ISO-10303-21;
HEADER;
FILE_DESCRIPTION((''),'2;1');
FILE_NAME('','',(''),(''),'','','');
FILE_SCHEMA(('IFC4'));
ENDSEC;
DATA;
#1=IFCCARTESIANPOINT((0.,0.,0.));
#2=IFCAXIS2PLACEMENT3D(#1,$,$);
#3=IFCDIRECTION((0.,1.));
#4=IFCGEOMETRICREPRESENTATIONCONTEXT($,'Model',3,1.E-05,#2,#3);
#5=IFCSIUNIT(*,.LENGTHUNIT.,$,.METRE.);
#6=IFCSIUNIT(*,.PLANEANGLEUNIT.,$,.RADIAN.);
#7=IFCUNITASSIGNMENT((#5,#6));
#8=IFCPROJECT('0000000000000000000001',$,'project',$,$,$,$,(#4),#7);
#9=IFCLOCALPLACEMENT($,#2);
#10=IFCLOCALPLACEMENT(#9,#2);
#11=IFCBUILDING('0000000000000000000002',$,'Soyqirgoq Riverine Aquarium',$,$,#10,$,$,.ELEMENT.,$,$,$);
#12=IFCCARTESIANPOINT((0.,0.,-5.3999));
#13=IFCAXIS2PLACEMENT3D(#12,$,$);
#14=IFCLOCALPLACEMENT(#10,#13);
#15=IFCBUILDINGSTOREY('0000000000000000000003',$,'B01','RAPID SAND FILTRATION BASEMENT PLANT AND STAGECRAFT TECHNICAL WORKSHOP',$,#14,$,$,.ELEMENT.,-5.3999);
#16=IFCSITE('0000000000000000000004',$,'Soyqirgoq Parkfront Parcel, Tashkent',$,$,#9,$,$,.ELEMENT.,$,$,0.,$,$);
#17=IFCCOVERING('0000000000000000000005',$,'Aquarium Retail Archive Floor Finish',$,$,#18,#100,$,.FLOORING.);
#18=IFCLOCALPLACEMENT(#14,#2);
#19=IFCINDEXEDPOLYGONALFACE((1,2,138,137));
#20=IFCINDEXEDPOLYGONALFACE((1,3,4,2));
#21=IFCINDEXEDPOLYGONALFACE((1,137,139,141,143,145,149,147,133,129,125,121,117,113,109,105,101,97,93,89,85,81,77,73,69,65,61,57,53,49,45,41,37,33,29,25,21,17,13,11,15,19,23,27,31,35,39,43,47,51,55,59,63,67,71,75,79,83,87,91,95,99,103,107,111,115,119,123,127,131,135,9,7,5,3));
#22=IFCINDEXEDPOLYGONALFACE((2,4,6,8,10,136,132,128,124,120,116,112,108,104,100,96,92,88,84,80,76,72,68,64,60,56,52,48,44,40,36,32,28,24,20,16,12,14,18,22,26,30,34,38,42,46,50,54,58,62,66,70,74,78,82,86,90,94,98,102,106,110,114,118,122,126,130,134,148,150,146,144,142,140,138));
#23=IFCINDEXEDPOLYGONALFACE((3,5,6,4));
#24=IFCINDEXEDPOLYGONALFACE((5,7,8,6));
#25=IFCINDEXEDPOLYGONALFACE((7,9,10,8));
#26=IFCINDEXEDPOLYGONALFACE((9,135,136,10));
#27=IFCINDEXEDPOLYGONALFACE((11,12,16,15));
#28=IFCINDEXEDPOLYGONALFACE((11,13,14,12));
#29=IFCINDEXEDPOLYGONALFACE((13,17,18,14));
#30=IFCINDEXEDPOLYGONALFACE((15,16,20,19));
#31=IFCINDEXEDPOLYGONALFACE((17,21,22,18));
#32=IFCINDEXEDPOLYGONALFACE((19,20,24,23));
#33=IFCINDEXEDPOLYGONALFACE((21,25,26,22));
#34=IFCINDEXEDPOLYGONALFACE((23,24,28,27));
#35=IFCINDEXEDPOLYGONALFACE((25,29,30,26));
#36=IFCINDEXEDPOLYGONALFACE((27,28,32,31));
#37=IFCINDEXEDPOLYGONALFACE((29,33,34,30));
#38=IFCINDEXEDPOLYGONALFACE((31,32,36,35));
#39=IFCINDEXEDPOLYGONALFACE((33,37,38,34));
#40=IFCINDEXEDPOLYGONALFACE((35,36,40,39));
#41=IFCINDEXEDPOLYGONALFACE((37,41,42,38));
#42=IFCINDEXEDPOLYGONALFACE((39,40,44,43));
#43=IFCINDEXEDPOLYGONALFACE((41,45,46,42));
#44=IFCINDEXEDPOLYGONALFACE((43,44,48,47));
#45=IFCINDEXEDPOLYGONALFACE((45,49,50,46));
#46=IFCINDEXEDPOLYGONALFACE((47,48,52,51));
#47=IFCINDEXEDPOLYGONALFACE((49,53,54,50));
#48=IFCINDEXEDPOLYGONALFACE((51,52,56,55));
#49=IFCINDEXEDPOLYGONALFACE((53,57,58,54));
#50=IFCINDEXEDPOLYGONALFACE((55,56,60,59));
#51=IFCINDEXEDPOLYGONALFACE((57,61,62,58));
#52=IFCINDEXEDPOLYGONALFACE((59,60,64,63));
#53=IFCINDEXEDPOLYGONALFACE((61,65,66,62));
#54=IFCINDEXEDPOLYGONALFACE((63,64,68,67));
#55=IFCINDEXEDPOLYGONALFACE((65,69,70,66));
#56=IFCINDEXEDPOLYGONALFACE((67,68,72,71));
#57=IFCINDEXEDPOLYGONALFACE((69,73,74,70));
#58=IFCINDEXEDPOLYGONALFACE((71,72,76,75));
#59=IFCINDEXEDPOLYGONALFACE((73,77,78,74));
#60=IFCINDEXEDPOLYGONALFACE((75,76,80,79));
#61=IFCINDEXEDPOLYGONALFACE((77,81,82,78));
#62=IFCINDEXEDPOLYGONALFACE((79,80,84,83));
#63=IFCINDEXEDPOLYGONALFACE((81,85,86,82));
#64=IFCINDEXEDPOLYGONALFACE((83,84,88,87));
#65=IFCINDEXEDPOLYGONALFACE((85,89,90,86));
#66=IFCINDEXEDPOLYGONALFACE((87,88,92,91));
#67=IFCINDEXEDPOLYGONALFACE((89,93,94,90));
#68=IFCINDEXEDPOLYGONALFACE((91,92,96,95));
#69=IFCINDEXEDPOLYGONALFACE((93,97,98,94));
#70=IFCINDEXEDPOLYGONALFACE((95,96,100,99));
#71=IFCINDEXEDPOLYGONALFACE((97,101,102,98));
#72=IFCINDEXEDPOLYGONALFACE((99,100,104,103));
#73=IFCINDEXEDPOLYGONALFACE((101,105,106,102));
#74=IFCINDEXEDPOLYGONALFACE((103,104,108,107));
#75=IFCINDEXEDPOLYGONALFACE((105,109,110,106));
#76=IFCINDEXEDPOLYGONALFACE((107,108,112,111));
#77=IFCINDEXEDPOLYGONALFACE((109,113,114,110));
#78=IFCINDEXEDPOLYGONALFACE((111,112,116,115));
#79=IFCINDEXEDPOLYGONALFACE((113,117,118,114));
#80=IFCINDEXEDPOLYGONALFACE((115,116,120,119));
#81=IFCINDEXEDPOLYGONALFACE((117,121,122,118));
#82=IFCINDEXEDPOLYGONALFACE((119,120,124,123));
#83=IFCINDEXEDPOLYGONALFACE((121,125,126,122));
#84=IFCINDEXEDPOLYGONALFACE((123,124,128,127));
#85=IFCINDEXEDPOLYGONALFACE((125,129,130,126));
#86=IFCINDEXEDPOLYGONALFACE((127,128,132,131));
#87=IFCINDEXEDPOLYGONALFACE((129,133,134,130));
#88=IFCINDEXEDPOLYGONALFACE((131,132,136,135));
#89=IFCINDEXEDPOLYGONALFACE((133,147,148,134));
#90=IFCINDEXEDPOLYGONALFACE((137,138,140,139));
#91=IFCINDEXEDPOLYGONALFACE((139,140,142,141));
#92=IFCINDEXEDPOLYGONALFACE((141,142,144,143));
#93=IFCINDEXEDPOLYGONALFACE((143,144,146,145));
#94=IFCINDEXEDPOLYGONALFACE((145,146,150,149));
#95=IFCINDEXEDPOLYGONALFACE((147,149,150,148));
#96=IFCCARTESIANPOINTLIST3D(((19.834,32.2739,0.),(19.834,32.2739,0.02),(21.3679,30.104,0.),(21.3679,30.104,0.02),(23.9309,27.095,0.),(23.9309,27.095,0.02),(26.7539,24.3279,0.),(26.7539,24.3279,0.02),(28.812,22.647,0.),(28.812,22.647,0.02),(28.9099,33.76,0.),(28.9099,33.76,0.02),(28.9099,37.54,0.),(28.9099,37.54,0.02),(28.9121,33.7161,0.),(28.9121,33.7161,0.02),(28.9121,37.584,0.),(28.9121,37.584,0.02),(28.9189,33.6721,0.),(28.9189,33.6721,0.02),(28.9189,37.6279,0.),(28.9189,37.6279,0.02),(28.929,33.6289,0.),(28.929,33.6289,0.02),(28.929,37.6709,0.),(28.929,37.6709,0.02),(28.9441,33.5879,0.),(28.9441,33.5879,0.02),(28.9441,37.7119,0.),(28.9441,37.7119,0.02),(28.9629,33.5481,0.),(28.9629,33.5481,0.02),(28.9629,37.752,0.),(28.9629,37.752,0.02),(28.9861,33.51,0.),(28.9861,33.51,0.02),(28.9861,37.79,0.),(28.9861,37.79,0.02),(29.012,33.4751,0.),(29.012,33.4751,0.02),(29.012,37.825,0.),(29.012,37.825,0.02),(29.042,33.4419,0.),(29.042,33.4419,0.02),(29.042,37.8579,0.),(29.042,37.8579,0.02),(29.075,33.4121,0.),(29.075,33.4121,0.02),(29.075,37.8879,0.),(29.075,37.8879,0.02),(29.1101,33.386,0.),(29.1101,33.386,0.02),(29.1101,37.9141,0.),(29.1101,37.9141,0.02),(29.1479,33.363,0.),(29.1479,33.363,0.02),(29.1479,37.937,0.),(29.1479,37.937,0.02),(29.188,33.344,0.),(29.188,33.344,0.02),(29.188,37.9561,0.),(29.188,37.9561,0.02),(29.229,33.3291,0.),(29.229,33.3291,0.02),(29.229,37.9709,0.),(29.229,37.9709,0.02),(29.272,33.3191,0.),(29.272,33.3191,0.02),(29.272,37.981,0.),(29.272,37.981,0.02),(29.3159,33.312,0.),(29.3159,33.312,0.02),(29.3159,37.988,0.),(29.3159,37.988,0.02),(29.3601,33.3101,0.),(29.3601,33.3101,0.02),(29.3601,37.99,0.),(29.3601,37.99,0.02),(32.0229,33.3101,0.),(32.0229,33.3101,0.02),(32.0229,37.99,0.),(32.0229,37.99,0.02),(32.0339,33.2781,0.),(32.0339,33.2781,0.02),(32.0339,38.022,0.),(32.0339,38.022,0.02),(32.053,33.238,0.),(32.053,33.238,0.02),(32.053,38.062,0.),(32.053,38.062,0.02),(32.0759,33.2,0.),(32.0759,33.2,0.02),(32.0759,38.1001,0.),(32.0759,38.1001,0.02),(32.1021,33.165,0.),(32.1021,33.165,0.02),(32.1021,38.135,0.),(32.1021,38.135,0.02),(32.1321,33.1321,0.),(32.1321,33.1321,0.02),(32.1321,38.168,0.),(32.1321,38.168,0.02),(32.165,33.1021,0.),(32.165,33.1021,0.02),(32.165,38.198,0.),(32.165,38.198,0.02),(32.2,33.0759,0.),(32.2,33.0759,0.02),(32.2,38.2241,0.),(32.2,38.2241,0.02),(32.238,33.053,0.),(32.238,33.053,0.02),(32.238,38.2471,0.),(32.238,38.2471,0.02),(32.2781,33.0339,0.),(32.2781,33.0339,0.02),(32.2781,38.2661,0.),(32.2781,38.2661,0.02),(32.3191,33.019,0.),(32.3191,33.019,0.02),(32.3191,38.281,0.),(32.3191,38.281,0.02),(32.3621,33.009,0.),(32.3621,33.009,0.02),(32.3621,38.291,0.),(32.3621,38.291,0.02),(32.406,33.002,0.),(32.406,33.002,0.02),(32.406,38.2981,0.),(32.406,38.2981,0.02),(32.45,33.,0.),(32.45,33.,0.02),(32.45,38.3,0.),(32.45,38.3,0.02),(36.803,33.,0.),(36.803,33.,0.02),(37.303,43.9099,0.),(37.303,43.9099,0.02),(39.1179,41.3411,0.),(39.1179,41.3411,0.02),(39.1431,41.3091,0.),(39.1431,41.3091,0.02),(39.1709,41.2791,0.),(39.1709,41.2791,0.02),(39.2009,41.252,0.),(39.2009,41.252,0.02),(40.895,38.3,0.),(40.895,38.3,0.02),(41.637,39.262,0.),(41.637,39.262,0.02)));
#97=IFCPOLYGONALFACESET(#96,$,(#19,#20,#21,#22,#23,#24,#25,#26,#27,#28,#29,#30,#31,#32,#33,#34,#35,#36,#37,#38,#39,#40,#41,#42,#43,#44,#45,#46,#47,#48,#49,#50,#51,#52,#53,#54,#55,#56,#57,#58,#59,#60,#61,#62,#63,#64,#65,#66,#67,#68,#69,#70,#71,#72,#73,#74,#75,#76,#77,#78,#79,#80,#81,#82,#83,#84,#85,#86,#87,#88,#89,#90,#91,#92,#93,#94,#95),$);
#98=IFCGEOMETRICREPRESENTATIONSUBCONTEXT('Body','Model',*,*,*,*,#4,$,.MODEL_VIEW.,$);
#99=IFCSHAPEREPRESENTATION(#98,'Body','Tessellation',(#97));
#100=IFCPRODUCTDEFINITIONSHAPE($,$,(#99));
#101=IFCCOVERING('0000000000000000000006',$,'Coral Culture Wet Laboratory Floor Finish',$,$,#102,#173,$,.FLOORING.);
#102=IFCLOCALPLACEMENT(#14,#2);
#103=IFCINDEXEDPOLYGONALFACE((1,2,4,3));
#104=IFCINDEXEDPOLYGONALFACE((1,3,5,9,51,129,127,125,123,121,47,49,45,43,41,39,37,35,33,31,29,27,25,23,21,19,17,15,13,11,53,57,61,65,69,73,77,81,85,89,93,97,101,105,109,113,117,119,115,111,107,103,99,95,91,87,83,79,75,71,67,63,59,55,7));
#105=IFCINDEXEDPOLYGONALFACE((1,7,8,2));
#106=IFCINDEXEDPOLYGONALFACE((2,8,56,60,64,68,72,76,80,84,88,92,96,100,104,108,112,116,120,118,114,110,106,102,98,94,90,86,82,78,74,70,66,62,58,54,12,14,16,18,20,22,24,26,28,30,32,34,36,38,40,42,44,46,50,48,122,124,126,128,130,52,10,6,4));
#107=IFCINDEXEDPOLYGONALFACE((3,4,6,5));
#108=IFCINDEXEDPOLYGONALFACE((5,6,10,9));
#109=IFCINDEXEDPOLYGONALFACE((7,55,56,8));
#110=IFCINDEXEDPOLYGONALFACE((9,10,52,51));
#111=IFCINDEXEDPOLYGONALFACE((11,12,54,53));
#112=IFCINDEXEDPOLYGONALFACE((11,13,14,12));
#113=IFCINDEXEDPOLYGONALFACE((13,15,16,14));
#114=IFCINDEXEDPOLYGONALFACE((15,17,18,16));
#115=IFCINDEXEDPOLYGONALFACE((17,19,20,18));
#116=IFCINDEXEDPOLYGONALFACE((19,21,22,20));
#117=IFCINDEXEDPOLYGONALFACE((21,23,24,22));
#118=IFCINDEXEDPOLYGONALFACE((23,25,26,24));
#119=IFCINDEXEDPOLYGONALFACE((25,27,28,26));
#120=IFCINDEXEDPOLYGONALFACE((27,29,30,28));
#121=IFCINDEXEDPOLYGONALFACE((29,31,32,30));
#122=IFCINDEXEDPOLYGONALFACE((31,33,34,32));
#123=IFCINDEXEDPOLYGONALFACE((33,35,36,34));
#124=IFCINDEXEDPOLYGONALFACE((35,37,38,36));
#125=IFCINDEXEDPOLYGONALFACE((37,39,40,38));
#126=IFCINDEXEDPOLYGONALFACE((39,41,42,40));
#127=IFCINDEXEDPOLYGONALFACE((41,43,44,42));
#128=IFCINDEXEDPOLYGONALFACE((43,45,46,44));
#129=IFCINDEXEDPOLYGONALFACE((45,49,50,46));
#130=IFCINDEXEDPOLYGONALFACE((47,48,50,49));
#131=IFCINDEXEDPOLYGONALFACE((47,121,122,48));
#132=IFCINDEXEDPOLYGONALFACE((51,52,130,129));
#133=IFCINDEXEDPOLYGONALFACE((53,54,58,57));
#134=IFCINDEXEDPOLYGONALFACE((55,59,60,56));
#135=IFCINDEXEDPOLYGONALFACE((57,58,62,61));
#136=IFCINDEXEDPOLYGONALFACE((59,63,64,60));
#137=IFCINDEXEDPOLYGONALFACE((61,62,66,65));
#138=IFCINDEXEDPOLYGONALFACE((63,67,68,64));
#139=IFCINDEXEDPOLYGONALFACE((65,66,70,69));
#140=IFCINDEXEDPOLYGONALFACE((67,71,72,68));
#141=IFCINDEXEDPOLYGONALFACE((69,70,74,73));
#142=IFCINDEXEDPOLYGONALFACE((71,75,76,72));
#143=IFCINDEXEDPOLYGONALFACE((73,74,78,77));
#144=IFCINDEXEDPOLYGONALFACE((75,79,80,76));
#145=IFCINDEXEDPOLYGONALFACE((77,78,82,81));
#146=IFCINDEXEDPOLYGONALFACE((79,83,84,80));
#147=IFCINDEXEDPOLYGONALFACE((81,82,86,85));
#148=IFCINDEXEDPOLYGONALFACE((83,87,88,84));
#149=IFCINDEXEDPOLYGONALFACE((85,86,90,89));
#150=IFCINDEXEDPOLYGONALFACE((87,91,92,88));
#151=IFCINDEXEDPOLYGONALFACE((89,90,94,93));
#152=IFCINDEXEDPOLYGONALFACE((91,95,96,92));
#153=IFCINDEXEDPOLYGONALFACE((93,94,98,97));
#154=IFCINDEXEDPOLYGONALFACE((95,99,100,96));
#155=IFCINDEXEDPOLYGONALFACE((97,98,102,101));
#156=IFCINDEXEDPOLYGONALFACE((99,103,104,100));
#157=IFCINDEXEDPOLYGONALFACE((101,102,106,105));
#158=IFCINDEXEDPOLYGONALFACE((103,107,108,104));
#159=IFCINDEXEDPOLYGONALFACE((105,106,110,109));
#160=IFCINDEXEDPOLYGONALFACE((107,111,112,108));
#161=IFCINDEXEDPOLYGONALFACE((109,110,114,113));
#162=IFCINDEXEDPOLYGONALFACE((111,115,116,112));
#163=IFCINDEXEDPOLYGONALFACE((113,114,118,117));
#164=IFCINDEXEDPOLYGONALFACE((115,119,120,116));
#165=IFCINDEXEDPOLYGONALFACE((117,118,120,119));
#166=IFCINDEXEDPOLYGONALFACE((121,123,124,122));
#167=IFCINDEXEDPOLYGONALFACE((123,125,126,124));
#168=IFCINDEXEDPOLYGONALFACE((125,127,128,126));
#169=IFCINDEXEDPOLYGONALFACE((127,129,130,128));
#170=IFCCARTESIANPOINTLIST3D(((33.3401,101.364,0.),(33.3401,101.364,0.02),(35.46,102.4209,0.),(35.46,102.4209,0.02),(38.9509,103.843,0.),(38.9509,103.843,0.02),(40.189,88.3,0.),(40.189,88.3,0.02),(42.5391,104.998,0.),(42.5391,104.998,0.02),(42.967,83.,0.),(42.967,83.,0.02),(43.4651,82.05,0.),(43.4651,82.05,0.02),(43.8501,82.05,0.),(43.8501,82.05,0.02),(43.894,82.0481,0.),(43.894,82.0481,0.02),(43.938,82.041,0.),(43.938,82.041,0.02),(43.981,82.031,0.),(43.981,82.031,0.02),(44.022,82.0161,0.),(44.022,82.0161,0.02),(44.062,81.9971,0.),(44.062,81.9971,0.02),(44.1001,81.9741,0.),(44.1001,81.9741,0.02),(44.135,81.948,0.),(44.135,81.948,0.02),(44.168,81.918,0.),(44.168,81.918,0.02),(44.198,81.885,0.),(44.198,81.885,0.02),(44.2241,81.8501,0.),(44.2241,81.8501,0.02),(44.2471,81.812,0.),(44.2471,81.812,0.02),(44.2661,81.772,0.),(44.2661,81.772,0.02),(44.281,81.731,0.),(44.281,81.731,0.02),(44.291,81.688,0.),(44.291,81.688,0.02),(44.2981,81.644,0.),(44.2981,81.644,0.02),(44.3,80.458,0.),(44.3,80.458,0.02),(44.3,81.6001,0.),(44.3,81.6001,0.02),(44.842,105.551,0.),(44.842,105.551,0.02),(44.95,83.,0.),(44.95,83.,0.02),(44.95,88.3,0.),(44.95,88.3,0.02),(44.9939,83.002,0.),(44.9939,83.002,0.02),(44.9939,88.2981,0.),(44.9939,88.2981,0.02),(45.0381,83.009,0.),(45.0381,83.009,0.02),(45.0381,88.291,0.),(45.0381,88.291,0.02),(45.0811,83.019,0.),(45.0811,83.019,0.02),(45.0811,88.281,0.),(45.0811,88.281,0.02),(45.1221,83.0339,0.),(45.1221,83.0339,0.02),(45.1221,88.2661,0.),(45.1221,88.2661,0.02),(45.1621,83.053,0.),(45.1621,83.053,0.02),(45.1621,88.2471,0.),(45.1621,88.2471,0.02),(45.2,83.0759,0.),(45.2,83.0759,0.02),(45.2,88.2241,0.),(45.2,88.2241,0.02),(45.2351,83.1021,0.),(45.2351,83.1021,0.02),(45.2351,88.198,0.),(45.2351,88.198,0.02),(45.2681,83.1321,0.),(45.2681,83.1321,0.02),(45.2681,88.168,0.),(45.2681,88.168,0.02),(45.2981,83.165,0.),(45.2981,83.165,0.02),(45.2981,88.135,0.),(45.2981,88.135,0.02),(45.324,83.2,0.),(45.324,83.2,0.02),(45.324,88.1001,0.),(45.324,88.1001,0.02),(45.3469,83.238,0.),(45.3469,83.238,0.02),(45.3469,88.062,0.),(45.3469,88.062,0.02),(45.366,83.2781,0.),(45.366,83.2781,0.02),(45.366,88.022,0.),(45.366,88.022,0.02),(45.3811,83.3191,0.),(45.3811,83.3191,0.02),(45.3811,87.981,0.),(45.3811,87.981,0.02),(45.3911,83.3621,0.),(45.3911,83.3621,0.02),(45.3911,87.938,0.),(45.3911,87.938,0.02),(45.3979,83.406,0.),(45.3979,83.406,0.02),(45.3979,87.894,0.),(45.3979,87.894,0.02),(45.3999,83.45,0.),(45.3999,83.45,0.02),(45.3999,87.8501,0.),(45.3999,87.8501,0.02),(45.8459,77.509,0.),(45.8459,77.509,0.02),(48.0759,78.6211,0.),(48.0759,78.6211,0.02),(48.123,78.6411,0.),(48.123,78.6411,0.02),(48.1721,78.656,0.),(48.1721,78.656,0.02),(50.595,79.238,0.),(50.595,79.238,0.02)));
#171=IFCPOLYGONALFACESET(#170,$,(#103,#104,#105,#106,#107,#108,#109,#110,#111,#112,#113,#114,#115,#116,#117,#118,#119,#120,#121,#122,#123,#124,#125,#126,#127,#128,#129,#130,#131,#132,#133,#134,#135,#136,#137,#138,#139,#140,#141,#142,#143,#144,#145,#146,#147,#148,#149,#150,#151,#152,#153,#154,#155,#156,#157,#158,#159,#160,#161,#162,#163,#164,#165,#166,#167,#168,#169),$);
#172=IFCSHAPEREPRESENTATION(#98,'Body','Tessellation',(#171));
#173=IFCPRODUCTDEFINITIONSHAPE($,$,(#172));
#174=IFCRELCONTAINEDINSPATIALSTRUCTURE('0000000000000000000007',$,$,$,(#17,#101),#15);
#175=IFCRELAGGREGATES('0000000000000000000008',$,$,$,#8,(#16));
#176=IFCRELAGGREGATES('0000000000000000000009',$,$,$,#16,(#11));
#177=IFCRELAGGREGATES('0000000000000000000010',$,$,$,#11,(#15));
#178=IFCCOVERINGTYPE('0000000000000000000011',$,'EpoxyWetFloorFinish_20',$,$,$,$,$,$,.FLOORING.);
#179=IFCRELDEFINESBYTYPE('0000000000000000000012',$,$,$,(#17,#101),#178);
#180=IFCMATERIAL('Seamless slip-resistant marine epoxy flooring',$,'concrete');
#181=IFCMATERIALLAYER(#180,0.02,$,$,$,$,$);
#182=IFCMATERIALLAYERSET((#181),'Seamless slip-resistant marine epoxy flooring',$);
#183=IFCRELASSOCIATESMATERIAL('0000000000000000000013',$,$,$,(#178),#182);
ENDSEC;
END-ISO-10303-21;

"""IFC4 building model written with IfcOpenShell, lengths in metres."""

from ifc_helpers import new_model, si_unit, direction, frame, origin, place, context, subcontext, project, spatial, polyline, outline, extrude, material, layer, layer_set, type_object, element, save


model = new_model("IFC4")

# Units and contexts
model_context = context("Model", 3, precision=1e-05, world=origin(), true_north=direction((0.0, 1.0)))
body_context = subcontext(model_context, "Body", "Model", "MODEL_VIEW")
ifc_project = project(units=[si_unit("LENGTHUNIT", "METRE"), si_unit("PLANEANGLEUNIT", "RADIAN")], contexts=[model_context])

# Site, building, storey
site_placement = place(None, origin())
site = spatial("IfcSite", under=ifc_project, at=site_placement, Name="Soyqirgoq Parkfront Parcel, Tashkent", CompositionType="ELEMENT", RefElevation=0.0)
building_placement = place(site_placement, origin())
building = spatial("IfcBuilding", under=site, at=building_placement, Name="Soyqirgoq Riverine Aquarium", CompositionType="ELEMENT")
storey_placement = place(building_placement, frame((0.0, 0.0, -5.3999)))
storey = spatial("IfcBuildingStorey", under=building, at=storey_placement, Name="B01", Description="RAPID SAND FILTRATION BASEMENT PLANT AND STAGECRAFT TECHNICAL WORKSHOP", CompositionType="ELEMENT", Elevation=-5.3999)

# Coverings
ifc_material_1 = material(Name="Seamless slip-resistant marine epoxy flooring", Category="concrete")
ifc_layer_1 = layer(ifc_material_1, 0.02)
ifc_layer_set_1 = layer_set([ifc_layer_1], Name="Seamless slip-resistant marine epoxy flooring")
covering_type_1 = type_object("IfcCoveringType", Name="EpoxyWetFloorFinish_20", PredefinedType="FLOORING", material=ifc_layer_set_1)
covering_1_placement = place(storey_placement, origin())
element("IfcCovering", 1, at=covering_1_placement, inside=storey, type_object=covering_type_1, Name="Aquarium Retail Archive Floor Finish", PredefinedType="FLOORING", context=body_context, shape_type="SweptSolid", body=[
    extrude(outline(polyline([(26.7539, 24.3279), (23.9309, 27.095), (21.3679, 30.104), (19.834, 32.2739), (37.303, 43.9099), (39.1179, 41.3411), (39.1431, 41.3091), (39.1709, 41.2791), (39.2009, 41.252), (41.637, 39.262), (40.895, 38.3), (32.45, 38.3), (32.406, 38.2981), (32.3621, 38.291), (32.3191, 38.281), (32.2781, 38.2661), (32.238, 38.2471), (32.2, 38.2241), (32.165, 38.198), (32.1321, 38.168), (32.1021, 38.135), (32.0759, 38.1001), (32.053, 38.062), (32.0339, 38.022), (32.0229, 37.99), (29.3601, 37.99), (29.3159, 37.988), (29.272, 37.981), (29.229, 37.9709), (29.188, 37.9561), (29.1479, 37.937), (29.1101, 37.9141), (29.075, 37.8879), (29.042, 37.8579), (29.012, 37.825), (28.9861, 37.79), (28.9629, 37.752), (28.9441, 37.7119), (28.929, 37.6709), (28.9189, 37.6279), (28.9121, 37.584), (28.9099, 37.54), (28.9099, 33.76), (28.9121, 33.7161), (28.9189, 33.6721), (28.929, 33.6289), (28.9441, 33.5879), (28.9629, 33.5481), (28.9861, 33.51), (29.012, 33.4751), (29.042, 33.4419), (29.075, 33.4121), (29.1101, 33.386), (29.1479, 33.363), (29.188, 33.344), (29.229, 33.3291), (29.272, 33.3191), (29.3159, 33.312), (29.3601, 33.3101), (32.0229, 33.3101), (32.0339, 33.2781), (32.053, 33.238), (32.0759, 33.2), (32.1021, 33.165), (32.1321, 33.1321), (32.165, 33.1021), (32.2, 33.0759), (32.238, 33.053), (32.2781, 33.0339), (32.3191, 33.019), (32.3621, 33.009), (32.406, 33.002), (32.45, 33.0), (36.803, 33.0), (28.812, 22.647), (26.7539, 24.3279)])), origin(), (0.0, 0.0, 1.0), 0.02),
])
covering_2_placement = place(storey_placement, origin())
element("IfcCovering", 2, at=covering_2_placement, inside=storey, type_object=covering_type_1, Name="Coral Culture Wet Laboratory Floor Finish", PredefinedType="FLOORING", context=body_context, shape_type="SweptSolid", body=[
    extrude(outline(polyline([(35.46, 102.4209), (38.9509, 103.843), (42.5391, 104.998), (44.842, 105.551), (50.595, 79.238), (48.1721, 78.656), (48.123, 78.6411), (48.0759, 78.6211), (45.8459, 77.509), (44.3, 80.458), (44.3, 81.6001), (44.2981, 81.644), (44.291, 81.688), (44.281, 81.731), (44.2661, 81.772), (44.2471, 81.812), (44.2241, 81.8501), (44.198, 81.885), (44.168, 81.918), (44.135, 81.948), (44.1001, 81.9741), (44.062, 81.9971), (44.022, 82.0161), (43.981, 82.031), (43.938, 82.041), (43.894, 82.0481), (43.8501, 82.05), (43.4651, 82.05), (42.967, 83.0), (44.95, 83.0), (44.9939, 83.002), (45.0381, 83.009), (45.0811, 83.019), (45.1221, 83.0339), (45.1621, 83.053), (45.2, 83.0759), (45.2351, 83.1021), (45.2681, 83.1321), (45.2981, 83.165), (45.324, 83.2), (45.3469, 83.238), (45.366, 83.2781), (45.3811, 83.3191), (45.3911, 83.3621), (45.3979, 83.406), (45.3999, 83.45), (45.3999, 87.8501), (45.3979, 87.894), (45.3911, 87.938), (45.3811, 87.981), (45.366, 88.022), (45.3469, 88.062), (45.324, 88.1001), (45.2981, 88.135), (45.2681, 88.168), (45.2351, 88.198), (45.2, 88.2241), (45.1621, 88.2471), (45.1221, 88.2661), (45.0811, 88.281), (45.0381, 88.291), (44.9939, 88.2981), (44.95, 88.3), (40.189, 88.3), (33.3401, 101.364), (35.46, 102.4209)])), origin(), (0.0, 0.0, 1.0), 0.02),
])

save(model, "model.ifc")
